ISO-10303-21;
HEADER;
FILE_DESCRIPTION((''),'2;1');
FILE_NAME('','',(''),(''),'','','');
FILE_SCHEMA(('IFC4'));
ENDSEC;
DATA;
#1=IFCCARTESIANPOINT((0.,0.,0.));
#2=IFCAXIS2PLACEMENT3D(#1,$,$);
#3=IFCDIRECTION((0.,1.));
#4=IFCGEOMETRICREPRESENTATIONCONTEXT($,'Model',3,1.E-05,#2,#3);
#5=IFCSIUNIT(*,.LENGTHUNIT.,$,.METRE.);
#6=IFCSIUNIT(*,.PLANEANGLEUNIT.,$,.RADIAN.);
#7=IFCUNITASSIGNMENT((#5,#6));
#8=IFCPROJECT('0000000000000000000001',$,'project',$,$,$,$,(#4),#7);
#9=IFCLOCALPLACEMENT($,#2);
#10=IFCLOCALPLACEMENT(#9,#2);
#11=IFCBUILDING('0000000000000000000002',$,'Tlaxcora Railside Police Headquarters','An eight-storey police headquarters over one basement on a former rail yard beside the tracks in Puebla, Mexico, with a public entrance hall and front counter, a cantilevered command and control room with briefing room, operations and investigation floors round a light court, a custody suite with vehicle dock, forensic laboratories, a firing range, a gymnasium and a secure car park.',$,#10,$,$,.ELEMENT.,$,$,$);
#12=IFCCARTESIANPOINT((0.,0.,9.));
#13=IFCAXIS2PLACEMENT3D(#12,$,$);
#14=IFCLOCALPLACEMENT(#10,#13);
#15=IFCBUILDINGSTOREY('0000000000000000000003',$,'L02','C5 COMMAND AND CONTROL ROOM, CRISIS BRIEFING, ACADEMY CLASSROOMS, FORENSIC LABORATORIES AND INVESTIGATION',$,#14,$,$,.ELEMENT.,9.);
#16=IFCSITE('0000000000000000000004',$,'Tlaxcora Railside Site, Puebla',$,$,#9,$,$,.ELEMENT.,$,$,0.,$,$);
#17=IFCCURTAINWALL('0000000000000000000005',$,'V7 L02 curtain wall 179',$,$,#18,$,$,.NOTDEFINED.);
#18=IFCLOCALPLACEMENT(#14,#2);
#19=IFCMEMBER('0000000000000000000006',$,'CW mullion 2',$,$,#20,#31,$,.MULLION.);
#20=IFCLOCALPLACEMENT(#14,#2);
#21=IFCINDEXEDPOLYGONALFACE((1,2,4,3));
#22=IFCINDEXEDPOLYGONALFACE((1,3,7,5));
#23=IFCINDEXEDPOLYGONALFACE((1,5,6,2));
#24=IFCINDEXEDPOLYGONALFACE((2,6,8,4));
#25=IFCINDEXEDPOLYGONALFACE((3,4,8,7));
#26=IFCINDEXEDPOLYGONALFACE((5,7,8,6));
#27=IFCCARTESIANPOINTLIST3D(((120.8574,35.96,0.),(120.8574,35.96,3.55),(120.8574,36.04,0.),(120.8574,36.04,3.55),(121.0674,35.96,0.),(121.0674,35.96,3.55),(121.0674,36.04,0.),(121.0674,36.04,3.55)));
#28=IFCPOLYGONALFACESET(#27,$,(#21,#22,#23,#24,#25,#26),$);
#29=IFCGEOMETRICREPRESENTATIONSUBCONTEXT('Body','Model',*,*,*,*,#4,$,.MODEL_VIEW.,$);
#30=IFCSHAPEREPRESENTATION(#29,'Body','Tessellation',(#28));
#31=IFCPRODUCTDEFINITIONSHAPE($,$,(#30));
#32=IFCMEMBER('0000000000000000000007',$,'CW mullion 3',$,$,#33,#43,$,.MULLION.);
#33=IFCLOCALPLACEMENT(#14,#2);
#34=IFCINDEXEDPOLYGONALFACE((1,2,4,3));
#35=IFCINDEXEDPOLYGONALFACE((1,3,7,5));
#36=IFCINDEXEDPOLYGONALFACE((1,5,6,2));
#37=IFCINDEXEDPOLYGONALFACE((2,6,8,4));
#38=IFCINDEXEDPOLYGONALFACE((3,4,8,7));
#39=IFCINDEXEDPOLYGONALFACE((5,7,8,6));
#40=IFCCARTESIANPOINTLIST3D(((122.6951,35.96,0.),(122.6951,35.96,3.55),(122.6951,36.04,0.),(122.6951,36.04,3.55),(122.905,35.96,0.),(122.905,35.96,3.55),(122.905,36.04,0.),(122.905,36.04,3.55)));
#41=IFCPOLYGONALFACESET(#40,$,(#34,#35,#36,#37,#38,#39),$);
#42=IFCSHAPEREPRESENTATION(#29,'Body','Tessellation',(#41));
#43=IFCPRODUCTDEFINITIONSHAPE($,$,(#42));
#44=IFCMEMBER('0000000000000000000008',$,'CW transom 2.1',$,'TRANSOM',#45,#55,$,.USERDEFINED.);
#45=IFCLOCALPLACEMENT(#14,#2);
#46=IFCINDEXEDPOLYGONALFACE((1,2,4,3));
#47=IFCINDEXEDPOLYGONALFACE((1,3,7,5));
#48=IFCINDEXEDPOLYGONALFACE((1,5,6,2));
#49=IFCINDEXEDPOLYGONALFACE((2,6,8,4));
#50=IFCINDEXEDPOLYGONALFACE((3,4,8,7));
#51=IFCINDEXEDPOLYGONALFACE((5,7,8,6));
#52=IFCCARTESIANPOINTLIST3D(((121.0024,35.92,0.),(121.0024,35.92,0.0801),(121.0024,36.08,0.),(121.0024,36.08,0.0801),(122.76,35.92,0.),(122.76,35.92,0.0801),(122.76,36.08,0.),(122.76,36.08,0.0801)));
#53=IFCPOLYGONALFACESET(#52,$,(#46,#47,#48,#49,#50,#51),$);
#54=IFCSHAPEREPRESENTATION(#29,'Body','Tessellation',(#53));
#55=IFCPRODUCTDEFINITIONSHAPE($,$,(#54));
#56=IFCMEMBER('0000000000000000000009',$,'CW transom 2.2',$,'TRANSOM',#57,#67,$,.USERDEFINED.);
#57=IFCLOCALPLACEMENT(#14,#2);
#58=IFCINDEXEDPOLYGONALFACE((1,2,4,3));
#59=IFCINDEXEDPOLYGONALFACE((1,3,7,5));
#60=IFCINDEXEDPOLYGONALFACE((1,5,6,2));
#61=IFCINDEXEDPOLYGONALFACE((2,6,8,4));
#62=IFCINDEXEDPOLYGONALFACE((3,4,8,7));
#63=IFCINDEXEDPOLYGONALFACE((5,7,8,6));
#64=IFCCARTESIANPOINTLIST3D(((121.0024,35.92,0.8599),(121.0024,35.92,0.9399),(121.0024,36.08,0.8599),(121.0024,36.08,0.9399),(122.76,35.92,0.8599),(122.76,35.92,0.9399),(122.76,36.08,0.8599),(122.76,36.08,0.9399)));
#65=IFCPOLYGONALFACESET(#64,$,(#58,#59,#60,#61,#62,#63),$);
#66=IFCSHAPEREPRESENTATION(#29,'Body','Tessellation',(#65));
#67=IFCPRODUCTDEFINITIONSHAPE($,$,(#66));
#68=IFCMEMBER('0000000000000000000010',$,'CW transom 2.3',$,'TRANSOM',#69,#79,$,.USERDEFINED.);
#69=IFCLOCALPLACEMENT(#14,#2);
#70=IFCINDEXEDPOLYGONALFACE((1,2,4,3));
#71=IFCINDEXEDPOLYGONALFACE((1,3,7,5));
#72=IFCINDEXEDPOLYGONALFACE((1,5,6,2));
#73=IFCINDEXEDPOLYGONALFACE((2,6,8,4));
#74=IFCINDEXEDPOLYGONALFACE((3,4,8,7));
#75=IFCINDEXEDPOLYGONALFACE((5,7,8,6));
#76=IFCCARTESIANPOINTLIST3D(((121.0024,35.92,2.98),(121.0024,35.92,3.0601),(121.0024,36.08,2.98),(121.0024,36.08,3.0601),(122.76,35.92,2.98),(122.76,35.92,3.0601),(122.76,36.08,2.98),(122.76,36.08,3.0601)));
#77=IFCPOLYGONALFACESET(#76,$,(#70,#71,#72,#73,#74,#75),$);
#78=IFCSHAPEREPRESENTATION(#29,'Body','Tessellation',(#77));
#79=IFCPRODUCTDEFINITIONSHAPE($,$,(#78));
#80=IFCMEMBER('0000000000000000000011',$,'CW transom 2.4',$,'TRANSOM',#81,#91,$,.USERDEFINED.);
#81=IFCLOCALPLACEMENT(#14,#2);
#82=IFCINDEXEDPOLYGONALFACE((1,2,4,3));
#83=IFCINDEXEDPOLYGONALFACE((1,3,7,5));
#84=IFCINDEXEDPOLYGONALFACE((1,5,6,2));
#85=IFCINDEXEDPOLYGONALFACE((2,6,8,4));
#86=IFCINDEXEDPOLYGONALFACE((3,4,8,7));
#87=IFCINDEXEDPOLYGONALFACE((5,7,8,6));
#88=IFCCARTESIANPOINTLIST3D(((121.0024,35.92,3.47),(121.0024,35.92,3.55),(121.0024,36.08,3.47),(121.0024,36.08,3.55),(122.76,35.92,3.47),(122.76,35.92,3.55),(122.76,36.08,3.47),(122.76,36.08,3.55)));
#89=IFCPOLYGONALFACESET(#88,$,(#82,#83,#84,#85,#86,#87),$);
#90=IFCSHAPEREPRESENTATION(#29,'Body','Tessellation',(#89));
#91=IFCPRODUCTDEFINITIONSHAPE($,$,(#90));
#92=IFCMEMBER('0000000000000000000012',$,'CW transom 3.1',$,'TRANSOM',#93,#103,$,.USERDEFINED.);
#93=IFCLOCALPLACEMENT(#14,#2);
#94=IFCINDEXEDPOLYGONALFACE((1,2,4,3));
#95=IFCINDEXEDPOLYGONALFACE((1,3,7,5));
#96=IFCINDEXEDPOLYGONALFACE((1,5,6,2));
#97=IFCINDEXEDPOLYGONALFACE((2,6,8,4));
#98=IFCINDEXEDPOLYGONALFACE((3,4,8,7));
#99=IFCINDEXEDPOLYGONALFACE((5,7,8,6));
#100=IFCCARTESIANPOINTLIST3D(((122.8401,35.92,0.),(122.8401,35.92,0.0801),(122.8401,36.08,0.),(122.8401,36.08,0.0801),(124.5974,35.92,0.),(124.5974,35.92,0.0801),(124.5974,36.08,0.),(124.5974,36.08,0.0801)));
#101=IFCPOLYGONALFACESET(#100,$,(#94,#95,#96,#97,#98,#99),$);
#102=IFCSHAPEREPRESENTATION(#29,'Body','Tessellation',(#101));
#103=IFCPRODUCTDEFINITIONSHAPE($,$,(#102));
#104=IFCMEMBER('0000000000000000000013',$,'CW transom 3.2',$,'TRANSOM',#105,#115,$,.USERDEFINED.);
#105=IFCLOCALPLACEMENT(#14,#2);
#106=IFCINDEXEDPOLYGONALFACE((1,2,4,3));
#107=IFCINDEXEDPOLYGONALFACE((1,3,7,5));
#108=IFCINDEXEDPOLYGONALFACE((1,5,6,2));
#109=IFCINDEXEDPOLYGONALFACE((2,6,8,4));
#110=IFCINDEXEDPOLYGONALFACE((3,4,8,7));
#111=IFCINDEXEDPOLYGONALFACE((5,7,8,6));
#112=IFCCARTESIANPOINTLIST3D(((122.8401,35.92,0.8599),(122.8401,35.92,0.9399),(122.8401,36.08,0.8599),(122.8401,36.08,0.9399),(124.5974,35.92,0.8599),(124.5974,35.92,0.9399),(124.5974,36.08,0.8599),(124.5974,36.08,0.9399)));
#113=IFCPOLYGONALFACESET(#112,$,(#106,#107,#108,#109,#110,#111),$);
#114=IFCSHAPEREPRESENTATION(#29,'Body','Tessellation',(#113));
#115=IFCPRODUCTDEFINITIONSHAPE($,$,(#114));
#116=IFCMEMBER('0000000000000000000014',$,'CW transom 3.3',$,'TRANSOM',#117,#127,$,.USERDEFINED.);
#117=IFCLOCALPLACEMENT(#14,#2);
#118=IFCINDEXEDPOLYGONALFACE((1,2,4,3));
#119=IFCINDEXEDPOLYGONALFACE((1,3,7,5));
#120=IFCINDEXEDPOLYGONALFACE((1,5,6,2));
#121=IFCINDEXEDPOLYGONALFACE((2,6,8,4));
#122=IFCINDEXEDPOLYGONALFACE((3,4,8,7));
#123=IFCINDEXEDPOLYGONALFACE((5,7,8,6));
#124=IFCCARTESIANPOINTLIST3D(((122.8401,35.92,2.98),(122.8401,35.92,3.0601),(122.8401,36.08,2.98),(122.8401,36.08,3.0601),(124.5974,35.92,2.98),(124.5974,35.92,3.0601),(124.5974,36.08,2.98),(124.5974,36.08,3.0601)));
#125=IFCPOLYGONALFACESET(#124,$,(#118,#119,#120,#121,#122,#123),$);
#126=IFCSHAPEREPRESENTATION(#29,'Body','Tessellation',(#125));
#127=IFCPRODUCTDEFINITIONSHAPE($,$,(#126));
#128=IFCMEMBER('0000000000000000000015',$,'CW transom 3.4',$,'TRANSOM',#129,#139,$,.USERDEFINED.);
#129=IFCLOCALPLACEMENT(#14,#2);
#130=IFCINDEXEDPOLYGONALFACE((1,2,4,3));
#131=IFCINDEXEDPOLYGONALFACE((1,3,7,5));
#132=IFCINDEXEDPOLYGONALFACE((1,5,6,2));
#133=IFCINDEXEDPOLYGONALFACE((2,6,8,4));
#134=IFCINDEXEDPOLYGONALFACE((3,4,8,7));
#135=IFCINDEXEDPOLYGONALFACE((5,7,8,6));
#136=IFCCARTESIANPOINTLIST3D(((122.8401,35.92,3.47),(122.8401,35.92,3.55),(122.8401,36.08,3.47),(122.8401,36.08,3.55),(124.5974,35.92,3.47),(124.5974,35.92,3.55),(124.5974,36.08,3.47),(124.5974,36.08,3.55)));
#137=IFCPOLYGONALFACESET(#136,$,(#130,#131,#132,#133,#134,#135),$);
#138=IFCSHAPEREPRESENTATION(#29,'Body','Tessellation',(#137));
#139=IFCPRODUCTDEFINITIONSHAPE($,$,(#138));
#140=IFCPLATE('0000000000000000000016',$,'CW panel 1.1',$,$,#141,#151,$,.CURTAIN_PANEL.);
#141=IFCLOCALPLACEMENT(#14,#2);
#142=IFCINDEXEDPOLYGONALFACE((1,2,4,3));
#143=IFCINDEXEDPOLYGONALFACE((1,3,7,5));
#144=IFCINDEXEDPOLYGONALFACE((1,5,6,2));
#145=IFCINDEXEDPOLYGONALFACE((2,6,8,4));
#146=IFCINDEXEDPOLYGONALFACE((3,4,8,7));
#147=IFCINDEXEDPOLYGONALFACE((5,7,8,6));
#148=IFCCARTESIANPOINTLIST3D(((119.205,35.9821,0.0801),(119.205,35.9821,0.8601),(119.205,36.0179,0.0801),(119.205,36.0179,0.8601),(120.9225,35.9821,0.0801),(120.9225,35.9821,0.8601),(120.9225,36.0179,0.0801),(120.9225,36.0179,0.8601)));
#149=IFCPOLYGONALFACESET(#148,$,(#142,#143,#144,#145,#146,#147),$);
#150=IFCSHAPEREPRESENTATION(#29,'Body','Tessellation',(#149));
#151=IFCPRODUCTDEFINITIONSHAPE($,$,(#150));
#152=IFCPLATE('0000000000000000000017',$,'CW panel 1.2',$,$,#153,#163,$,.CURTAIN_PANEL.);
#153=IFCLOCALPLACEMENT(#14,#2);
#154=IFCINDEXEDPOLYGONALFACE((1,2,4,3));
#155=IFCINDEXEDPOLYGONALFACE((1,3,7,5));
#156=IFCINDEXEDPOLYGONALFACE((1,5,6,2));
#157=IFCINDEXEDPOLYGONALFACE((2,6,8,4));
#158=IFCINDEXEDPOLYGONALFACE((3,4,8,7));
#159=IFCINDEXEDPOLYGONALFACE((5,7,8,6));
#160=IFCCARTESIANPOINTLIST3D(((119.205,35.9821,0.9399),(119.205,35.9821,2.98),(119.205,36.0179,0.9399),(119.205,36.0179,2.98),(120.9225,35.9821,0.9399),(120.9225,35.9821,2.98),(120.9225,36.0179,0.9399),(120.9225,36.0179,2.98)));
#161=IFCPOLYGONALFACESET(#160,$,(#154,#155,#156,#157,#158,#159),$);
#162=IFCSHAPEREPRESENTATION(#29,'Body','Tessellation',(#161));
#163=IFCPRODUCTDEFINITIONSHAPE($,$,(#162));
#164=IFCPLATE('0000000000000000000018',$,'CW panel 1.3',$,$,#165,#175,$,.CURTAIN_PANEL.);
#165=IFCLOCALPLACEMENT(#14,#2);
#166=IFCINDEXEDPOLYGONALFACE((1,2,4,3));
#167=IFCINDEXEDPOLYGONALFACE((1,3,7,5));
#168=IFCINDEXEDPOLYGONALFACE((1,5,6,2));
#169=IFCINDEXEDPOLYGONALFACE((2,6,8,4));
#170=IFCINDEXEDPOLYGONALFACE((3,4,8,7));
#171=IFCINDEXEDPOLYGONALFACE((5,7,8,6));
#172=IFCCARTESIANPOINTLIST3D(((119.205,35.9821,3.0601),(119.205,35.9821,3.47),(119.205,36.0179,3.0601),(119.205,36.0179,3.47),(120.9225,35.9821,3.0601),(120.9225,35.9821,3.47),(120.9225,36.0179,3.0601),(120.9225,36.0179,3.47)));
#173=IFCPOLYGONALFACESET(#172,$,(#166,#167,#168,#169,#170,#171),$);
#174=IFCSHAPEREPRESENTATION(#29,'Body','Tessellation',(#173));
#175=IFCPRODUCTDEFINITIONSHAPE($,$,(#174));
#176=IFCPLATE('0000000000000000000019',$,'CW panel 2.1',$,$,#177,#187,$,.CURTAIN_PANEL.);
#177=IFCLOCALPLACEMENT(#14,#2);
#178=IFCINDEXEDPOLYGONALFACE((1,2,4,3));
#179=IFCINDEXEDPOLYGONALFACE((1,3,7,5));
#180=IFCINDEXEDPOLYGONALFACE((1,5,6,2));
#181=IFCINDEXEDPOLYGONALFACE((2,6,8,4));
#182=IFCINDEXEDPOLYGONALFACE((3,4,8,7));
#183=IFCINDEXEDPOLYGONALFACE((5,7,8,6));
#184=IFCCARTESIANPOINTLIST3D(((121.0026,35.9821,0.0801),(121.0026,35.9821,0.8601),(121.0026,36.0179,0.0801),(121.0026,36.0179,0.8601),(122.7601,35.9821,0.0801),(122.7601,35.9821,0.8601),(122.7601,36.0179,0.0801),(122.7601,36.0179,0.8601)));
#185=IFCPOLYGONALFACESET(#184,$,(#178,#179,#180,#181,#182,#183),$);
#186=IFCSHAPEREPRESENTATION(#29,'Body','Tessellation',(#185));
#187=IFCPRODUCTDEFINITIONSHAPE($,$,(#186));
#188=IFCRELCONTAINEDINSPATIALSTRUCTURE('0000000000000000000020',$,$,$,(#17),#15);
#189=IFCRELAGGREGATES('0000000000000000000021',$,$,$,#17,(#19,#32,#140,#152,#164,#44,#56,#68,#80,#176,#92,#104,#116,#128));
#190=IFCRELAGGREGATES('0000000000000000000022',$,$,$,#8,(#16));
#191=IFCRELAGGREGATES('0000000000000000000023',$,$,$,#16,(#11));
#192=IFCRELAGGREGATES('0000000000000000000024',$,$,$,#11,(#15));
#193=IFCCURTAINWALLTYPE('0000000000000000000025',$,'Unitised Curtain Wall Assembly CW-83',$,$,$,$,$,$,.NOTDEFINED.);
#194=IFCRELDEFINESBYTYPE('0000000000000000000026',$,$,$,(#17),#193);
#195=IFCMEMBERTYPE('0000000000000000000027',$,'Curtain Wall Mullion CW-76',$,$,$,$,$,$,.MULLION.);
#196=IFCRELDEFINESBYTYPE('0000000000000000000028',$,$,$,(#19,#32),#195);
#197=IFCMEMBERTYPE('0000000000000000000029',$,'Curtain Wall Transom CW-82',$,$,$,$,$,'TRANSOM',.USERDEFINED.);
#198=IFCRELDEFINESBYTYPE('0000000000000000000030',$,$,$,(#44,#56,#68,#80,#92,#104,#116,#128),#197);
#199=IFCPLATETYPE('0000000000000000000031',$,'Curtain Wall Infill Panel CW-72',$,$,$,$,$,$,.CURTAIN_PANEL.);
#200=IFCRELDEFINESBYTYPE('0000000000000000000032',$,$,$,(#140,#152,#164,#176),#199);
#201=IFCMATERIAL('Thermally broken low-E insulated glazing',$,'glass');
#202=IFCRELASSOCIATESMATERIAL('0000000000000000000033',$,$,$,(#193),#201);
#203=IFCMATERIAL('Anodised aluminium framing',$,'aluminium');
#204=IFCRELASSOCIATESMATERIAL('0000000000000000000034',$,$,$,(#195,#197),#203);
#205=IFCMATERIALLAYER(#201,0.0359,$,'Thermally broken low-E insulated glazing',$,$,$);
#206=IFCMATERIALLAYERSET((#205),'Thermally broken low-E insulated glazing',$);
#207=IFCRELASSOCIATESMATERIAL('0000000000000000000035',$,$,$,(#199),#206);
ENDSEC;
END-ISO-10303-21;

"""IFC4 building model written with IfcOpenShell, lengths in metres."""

from ifc_helpers import new_model, si_unit, direction, frame, origin, origin_2d, place, context, subcontext, project, spatial, rectangle, extrude, material, layer, layer_set, material_profile, profile_set, type_object, element, aggregate, save


model = new_model("IFC4")

# Units and contexts
model_context = context("Model", 3, precision=1e-05, world=origin(), true_north=direction((0.0, 1.0)))
body_context = subcontext(model_context, "Body", "Model", "MODEL_VIEW")
ifc_project = project(units=[si_unit("LENGTHUNIT", "METRE"), si_unit("PLANEANGLEUNIT", "RADIAN")], contexts=[model_context])

# Site, building, storey
site_placement = place(None, origin())
site = spatial("IfcSite", under=ifc_project, at=site_placement, Name="Tlaxcora Railside Site, Puebla", CompositionType="ELEMENT", RefElevation=0.0)
building_placement = place(site_placement, origin())
building = spatial("IfcBuilding", under=site, at=building_placement, Name="Tlaxcora Railside Police Headquarters", Description="An eight-storey police headquarters over one basement on a former rail yard beside the tracks in Puebla, Mexico, with a public entrance hall and front counter, a cantilevered command and control room with briefing room, operations and investigation floors round a light court, a custody suite with vehicle dock, forensic laboratories, a firing range, a gymnasium and a secure car park.", CompositionType="ELEMENT")
storey_placement = place(building_placement, frame((0.0, 0.0, 9.0)))
storey = spatial("IfcBuildingStorey", under=building, at=storey_placement, Name="L02", Description="C5 COMMAND AND CONTROL ROOM, CRISIS BRIEFING, ACADEMY CLASSROOMS, FORENSIC LABORATORIES AND INVESTIGATION", CompositionType="ELEMENT", Elevation=9.0)

# Curtain wall, members, plates
ifc_material_1 = material(Name="Thermally broken low-E insulated glazing", Category="glass")
curtain_wall_type = type_object("IfcCurtainWallType", Name="Unitised Curtain Wall Assembly CW-83", PredefinedType="NOTDEFINED", material=ifc_material_1)
curtain_wall_placement = place(storey_placement, origin())
curtain_wall = element("IfcCurtainWall", 1, at=curtain_wall_placement, inside=storey, type_object=curtain_wall_type, Name="V7 L02 curtain wall 179", PredefinedType="NOTDEFINED")
ifc_material_2 = material(Name="Anodised aluminium framing", Category="aluminium")
ifc_material_profile_1 = material_profile(ifc_material_2, rectangle(XDim=0.0801, YDim=0.21, at=origin_2d()), Name="AL80X210")
ifc_profile_set_1 = profile_set([ifc_material_profile_1], Name="Anodised aluminium framing")
member_type_1 = type_object("IfcMemberType", Name="Curtain Wall Mullion CW-76", PredefinedType="MULLION", material=ifc_profile_set_1)
member_1_placement = place(storey_placement, frame((120.9624, 36.0, 0.0), z_axis=(0.0, 0.0, 1.0), x_axis=(0.0, 1.0, 0.0)))
member_1 = element("IfcMember", 2, at=member_1_placement, type_object=member_type_1, Name="CW mullion 2", PredefinedType="MULLION", context=body_context, shape_type="SweptSolid", body=[
    extrude(rectangle(XDim=0.0801, YDim=0.21, at=origin_2d()), origin(), (0.0, 0.0, 1.0), 3.55),
])
member_2_placement = place(storey_placement, frame((122.8, 36.0, 0.0), z_axis=(0.0, 0.0, 1.0), x_axis=(0.0, 1.0, 0.0)))
member_2 = element("IfcMember", 3, at=member_2_placement, type_object=member_type_1, Name="CW mullion 3", PredefinedType="MULLION", context=body_context, shape_type="SweptSolid", body=[
    extrude(rectangle(XDim=0.0801, YDim=0.21, at=origin_2d()), origin(), (0.0, 0.0, 1.0), 3.55),
])
ifc_material_profile_2 = material_profile(ifc_material_2, rectangle(XDim=0.1599, YDim=0.0801, at=origin_2d()), Name="AL80X160")
ifc_profile_set_2 = profile_set([ifc_material_profile_2], Name="Anodised aluminium framing")
member_type_2 = type_object("IfcMemberType", Name="Curtain Wall Transom CW-82", ElementType="TRANSOM", PredefinedType="USERDEFINED", material=ifc_profile_set_2)
member_3_placement = place(storey_placement, frame((121.0024, 36.0, 0.04), z_axis=(1.0, 0.0, 0.0), x_axis=(0.0, 1.0, 0.0)))
member_3 = element("IfcMember", 4, at=member_3_placement, type_object=member_type_2, Name="CW transom 2.1", ObjectType="TRANSOM", PredefinedType="USERDEFINED", context=body_context, shape_type="SweptSolid", body=[
    extrude(rectangle(XDim=0.1599, YDim=0.0801, at=origin_2d()), origin(), (0.0, 0.0, 1.0), 1.7576),
])
member_4_placement = place(storey_placement, frame((121.0024, 36.0, 0.8999), z_axis=(1.0, 0.0, 0.0), x_axis=(0.0, 1.0, 0.0)))
member_4 = element("IfcMember", 5, at=member_4_placement, type_object=member_type_2, Name="CW transom 2.2", ObjectType="TRANSOM", PredefinedType="USERDEFINED", context=body_context, shape_type="SweptSolid", body=[
    extrude(rectangle(XDim=0.1599, YDim=0.0801, at=origin_2d()), origin(), (0.0, 0.0, 1.0), 1.7576),
])
member_5_placement = place(storey_placement, frame((121.0024, 36.0, 3.02), z_axis=(1.0, 0.0, 0.0), x_axis=(0.0, 1.0, 0.0)))
member_5 = element("IfcMember", 6, at=member_5_placement, type_object=member_type_2, Name="CW transom 2.3", ObjectType="TRANSOM", PredefinedType="USERDEFINED", context=body_context, shape_type="SweptSolid", body=[
    extrude(rectangle(XDim=0.1599, YDim=0.0801, at=origin_2d()), origin(), (0.0, 0.0, 1.0), 1.7576),
])
member_6_placement = place(storey_placement, frame((121.0024, 36.0, 3.51), z_axis=(1.0, 0.0, 0.0), x_axis=(0.0, 1.0, 0.0)))
member_6 = element("IfcMember", 7, at=member_6_placement, type_object=member_type_2, Name="CW transom 2.4", ObjectType="TRANSOM", PredefinedType="USERDEFINED", context=body_context, shape_type="SweptSolid", body=[
    extrude(rectangle(XDim=0.1599, YDim=0.0801, at=origin_2d()), origin(), (0.0, 0.0, 1.0), 1.7576),
])
member_7_placement = place(storey_placement, frame((122.8401, 36.0, 0.04), z_axis=(1.0, 0.0, 0.0), x_axis=(0.0, 1.0, 0.0)))
member_7 = element("IfcMember", 8, at=member_7_placement, type_object=member_type_2, Name="CW transom 3.1", ObjectType="TRANSOM", PredefinedType="USERDEFINED", context=body_context, shape_type="SweptSolid", body=[
    extrude(rectangle(XDim=0.1599, YDim=0.0801, at=origin_2d()), origin(), (0.0, 0.0, 1.0), 1.7573),
])
member_8_placement = place(storey_placement, frame((122.8401, 36.0, 0.8999), z_axis=(1.0, 0.0, 0.0), x_axis=(0.0, 1.0, 0.0)))
member_8 = element("IfcMember", 9, at=member_8_placement, type_object=member_type_2, Name="CW transom 3.2", ObjectType="TRANSOM", PredefinedType="USERDEFINED", context=body_context, shape_type="SweptSolid", body=[
    extrude(rectangle(XDim=0.1599, YDim=0.0801, at=origin_2d()), origin(), (0.0, 0.0, 1.0), 1.7573),
])
member_9_placement = place(storey_placement, frame((122.8401, 36.0, 3.02), z_axis=(1.0, 0.0, 0.0), x_axis=(0.0, 1.0, 0.0)))
member_9 = element("IfcMember", 10, at=member_9_placement, type_object=member_type_2, Name="CW transom 3.3", ObjectType="TRANSOM", PredefinedType="USERDEFINED", context=body_context, shape_type="SweptSolid", body=[
    extrude(rectangle(XDim=0.1599, YDim=0.0801, at=origin_2d()), origin(), (0.0, 0.0, 1.0), 1.7573),
])
member_10_placement = place(storey_placement, frame((122.8401, 36.0, 3.51), z_axis=(1.0, 0.0, 0.0), x_axis=(0.0, 1.0, 0.0)))
member_10 = element("IfcMember", 11, at=member_10_placement, type_object=member_type_2, Name="CW transom 3.4", ObjectType="TRANSOM", PredefinedType="USERDEFINED", context=body_context, shape_type="SweptSolid", body=[
    extrude(rectangle(XDim=0.1599, YDim=0.0801, at=origin_2d()), origin(), (0.0, 0.0, 1.0), 1.7573),
])
ifc_layer_1 = layer(ifc_material_1, 0.0359, Name="Thermally broken low-E insulated glazing")
ifc_layer_set_1 = layer_set([ifc_layer_1], Name="Thermally broken low-E insulated glazing")
plate_type = type_object("IfcPlateType", Name="Curtain Wall Infill Panel CW-72", PredefinedType="CURTAIN_PANEL", material=ifc_layer_set_1)
plate_1_placement = place(storey_placement, frame((120.0637, 36.0, 0.0801), z_axis=(0.0, 0.0, 1.0), x_axis=(1.0, 0.0, 0.0)))
plate_1 = element("IfcPlate", 12, at=plate_1_placement, type_object=plate_type, Name="CW panel 1.1", PredefinedType="CURTAIN_PANEL", context=body_context, shape_type="SweptSolid", body=[
    extrude(rectangle(XDim=1.7175, YDim=0.0359, at=origin_2d()), origin(), (0.0, 0.0, 1.0), 0.78),
])
plate_2_placement = place(storey_placement, frame((120.0637, 36.0, 0.9399), z_axis=(0.0, 0.0, 1.0), x_axis=(1.0, 0.0, 0.0)))
plate_2 = element("IfcPlate", 13, at=plate_2_placement, type_object=plate_type, Name="CW panel 1.2", PredefinedType="CURTAIN_PANEL", context=body_context, shape_type="SweptSolid", body=[
    extrude(rectangle(XDim=1.7175, YDim=0.0359, at=origin_2d()), origin(), (0.0, 0.0, 1.0), 2.04),
])
plate_3_placement = place(storey_placement, frame((120.0637, 36.0, 3.0601), z_axis=(0.0, 0.0, 1.0), x_axis=(1.0, 0.0, 0.0)))
plate_3 = element("IfcPlate", 14, at=plate_3_placement, type_object=plate_type, Name="CW panel 1.3", PredefinedType="CURTAIN_PANEL", context=body_context, shape_type="SweptSolid", body=[
    extrude(rectangle(XDim=1.7175, YDim=0.0359, at=origin_2d()), origin(), (0.0, 0.0, 1.0), 0.4099),
])
plate_4_placement = place(storey_placement, frame((121.8813, 36.0, 0.0801), z_axis=(0.0, 0.0, 1.0), x_axis=(1.0, 0.0, 0.0)))
plate_4 = element("IfcPlate", 15, at=plate_4_placement, type_object=plate_type, Name="CW panel 2.1", PredefinedType="CURTAIN_PANEL", context=body_context, shape_type="SweptSolid", body=[
    extrude(rectangle(XDim=1.7576, YDim=0.0359, at=origin_2d()), origin(), (0.0, 0.0, 1.0), 0.78),
])
aggregate(curtain_wall, [member_1, member_2, plate_1, plate_2, plate_3, member_3, member_4, member_5, member_6, plate_4, member_7, member_8, member_9, member_10])

save(model, "model.ifc")
